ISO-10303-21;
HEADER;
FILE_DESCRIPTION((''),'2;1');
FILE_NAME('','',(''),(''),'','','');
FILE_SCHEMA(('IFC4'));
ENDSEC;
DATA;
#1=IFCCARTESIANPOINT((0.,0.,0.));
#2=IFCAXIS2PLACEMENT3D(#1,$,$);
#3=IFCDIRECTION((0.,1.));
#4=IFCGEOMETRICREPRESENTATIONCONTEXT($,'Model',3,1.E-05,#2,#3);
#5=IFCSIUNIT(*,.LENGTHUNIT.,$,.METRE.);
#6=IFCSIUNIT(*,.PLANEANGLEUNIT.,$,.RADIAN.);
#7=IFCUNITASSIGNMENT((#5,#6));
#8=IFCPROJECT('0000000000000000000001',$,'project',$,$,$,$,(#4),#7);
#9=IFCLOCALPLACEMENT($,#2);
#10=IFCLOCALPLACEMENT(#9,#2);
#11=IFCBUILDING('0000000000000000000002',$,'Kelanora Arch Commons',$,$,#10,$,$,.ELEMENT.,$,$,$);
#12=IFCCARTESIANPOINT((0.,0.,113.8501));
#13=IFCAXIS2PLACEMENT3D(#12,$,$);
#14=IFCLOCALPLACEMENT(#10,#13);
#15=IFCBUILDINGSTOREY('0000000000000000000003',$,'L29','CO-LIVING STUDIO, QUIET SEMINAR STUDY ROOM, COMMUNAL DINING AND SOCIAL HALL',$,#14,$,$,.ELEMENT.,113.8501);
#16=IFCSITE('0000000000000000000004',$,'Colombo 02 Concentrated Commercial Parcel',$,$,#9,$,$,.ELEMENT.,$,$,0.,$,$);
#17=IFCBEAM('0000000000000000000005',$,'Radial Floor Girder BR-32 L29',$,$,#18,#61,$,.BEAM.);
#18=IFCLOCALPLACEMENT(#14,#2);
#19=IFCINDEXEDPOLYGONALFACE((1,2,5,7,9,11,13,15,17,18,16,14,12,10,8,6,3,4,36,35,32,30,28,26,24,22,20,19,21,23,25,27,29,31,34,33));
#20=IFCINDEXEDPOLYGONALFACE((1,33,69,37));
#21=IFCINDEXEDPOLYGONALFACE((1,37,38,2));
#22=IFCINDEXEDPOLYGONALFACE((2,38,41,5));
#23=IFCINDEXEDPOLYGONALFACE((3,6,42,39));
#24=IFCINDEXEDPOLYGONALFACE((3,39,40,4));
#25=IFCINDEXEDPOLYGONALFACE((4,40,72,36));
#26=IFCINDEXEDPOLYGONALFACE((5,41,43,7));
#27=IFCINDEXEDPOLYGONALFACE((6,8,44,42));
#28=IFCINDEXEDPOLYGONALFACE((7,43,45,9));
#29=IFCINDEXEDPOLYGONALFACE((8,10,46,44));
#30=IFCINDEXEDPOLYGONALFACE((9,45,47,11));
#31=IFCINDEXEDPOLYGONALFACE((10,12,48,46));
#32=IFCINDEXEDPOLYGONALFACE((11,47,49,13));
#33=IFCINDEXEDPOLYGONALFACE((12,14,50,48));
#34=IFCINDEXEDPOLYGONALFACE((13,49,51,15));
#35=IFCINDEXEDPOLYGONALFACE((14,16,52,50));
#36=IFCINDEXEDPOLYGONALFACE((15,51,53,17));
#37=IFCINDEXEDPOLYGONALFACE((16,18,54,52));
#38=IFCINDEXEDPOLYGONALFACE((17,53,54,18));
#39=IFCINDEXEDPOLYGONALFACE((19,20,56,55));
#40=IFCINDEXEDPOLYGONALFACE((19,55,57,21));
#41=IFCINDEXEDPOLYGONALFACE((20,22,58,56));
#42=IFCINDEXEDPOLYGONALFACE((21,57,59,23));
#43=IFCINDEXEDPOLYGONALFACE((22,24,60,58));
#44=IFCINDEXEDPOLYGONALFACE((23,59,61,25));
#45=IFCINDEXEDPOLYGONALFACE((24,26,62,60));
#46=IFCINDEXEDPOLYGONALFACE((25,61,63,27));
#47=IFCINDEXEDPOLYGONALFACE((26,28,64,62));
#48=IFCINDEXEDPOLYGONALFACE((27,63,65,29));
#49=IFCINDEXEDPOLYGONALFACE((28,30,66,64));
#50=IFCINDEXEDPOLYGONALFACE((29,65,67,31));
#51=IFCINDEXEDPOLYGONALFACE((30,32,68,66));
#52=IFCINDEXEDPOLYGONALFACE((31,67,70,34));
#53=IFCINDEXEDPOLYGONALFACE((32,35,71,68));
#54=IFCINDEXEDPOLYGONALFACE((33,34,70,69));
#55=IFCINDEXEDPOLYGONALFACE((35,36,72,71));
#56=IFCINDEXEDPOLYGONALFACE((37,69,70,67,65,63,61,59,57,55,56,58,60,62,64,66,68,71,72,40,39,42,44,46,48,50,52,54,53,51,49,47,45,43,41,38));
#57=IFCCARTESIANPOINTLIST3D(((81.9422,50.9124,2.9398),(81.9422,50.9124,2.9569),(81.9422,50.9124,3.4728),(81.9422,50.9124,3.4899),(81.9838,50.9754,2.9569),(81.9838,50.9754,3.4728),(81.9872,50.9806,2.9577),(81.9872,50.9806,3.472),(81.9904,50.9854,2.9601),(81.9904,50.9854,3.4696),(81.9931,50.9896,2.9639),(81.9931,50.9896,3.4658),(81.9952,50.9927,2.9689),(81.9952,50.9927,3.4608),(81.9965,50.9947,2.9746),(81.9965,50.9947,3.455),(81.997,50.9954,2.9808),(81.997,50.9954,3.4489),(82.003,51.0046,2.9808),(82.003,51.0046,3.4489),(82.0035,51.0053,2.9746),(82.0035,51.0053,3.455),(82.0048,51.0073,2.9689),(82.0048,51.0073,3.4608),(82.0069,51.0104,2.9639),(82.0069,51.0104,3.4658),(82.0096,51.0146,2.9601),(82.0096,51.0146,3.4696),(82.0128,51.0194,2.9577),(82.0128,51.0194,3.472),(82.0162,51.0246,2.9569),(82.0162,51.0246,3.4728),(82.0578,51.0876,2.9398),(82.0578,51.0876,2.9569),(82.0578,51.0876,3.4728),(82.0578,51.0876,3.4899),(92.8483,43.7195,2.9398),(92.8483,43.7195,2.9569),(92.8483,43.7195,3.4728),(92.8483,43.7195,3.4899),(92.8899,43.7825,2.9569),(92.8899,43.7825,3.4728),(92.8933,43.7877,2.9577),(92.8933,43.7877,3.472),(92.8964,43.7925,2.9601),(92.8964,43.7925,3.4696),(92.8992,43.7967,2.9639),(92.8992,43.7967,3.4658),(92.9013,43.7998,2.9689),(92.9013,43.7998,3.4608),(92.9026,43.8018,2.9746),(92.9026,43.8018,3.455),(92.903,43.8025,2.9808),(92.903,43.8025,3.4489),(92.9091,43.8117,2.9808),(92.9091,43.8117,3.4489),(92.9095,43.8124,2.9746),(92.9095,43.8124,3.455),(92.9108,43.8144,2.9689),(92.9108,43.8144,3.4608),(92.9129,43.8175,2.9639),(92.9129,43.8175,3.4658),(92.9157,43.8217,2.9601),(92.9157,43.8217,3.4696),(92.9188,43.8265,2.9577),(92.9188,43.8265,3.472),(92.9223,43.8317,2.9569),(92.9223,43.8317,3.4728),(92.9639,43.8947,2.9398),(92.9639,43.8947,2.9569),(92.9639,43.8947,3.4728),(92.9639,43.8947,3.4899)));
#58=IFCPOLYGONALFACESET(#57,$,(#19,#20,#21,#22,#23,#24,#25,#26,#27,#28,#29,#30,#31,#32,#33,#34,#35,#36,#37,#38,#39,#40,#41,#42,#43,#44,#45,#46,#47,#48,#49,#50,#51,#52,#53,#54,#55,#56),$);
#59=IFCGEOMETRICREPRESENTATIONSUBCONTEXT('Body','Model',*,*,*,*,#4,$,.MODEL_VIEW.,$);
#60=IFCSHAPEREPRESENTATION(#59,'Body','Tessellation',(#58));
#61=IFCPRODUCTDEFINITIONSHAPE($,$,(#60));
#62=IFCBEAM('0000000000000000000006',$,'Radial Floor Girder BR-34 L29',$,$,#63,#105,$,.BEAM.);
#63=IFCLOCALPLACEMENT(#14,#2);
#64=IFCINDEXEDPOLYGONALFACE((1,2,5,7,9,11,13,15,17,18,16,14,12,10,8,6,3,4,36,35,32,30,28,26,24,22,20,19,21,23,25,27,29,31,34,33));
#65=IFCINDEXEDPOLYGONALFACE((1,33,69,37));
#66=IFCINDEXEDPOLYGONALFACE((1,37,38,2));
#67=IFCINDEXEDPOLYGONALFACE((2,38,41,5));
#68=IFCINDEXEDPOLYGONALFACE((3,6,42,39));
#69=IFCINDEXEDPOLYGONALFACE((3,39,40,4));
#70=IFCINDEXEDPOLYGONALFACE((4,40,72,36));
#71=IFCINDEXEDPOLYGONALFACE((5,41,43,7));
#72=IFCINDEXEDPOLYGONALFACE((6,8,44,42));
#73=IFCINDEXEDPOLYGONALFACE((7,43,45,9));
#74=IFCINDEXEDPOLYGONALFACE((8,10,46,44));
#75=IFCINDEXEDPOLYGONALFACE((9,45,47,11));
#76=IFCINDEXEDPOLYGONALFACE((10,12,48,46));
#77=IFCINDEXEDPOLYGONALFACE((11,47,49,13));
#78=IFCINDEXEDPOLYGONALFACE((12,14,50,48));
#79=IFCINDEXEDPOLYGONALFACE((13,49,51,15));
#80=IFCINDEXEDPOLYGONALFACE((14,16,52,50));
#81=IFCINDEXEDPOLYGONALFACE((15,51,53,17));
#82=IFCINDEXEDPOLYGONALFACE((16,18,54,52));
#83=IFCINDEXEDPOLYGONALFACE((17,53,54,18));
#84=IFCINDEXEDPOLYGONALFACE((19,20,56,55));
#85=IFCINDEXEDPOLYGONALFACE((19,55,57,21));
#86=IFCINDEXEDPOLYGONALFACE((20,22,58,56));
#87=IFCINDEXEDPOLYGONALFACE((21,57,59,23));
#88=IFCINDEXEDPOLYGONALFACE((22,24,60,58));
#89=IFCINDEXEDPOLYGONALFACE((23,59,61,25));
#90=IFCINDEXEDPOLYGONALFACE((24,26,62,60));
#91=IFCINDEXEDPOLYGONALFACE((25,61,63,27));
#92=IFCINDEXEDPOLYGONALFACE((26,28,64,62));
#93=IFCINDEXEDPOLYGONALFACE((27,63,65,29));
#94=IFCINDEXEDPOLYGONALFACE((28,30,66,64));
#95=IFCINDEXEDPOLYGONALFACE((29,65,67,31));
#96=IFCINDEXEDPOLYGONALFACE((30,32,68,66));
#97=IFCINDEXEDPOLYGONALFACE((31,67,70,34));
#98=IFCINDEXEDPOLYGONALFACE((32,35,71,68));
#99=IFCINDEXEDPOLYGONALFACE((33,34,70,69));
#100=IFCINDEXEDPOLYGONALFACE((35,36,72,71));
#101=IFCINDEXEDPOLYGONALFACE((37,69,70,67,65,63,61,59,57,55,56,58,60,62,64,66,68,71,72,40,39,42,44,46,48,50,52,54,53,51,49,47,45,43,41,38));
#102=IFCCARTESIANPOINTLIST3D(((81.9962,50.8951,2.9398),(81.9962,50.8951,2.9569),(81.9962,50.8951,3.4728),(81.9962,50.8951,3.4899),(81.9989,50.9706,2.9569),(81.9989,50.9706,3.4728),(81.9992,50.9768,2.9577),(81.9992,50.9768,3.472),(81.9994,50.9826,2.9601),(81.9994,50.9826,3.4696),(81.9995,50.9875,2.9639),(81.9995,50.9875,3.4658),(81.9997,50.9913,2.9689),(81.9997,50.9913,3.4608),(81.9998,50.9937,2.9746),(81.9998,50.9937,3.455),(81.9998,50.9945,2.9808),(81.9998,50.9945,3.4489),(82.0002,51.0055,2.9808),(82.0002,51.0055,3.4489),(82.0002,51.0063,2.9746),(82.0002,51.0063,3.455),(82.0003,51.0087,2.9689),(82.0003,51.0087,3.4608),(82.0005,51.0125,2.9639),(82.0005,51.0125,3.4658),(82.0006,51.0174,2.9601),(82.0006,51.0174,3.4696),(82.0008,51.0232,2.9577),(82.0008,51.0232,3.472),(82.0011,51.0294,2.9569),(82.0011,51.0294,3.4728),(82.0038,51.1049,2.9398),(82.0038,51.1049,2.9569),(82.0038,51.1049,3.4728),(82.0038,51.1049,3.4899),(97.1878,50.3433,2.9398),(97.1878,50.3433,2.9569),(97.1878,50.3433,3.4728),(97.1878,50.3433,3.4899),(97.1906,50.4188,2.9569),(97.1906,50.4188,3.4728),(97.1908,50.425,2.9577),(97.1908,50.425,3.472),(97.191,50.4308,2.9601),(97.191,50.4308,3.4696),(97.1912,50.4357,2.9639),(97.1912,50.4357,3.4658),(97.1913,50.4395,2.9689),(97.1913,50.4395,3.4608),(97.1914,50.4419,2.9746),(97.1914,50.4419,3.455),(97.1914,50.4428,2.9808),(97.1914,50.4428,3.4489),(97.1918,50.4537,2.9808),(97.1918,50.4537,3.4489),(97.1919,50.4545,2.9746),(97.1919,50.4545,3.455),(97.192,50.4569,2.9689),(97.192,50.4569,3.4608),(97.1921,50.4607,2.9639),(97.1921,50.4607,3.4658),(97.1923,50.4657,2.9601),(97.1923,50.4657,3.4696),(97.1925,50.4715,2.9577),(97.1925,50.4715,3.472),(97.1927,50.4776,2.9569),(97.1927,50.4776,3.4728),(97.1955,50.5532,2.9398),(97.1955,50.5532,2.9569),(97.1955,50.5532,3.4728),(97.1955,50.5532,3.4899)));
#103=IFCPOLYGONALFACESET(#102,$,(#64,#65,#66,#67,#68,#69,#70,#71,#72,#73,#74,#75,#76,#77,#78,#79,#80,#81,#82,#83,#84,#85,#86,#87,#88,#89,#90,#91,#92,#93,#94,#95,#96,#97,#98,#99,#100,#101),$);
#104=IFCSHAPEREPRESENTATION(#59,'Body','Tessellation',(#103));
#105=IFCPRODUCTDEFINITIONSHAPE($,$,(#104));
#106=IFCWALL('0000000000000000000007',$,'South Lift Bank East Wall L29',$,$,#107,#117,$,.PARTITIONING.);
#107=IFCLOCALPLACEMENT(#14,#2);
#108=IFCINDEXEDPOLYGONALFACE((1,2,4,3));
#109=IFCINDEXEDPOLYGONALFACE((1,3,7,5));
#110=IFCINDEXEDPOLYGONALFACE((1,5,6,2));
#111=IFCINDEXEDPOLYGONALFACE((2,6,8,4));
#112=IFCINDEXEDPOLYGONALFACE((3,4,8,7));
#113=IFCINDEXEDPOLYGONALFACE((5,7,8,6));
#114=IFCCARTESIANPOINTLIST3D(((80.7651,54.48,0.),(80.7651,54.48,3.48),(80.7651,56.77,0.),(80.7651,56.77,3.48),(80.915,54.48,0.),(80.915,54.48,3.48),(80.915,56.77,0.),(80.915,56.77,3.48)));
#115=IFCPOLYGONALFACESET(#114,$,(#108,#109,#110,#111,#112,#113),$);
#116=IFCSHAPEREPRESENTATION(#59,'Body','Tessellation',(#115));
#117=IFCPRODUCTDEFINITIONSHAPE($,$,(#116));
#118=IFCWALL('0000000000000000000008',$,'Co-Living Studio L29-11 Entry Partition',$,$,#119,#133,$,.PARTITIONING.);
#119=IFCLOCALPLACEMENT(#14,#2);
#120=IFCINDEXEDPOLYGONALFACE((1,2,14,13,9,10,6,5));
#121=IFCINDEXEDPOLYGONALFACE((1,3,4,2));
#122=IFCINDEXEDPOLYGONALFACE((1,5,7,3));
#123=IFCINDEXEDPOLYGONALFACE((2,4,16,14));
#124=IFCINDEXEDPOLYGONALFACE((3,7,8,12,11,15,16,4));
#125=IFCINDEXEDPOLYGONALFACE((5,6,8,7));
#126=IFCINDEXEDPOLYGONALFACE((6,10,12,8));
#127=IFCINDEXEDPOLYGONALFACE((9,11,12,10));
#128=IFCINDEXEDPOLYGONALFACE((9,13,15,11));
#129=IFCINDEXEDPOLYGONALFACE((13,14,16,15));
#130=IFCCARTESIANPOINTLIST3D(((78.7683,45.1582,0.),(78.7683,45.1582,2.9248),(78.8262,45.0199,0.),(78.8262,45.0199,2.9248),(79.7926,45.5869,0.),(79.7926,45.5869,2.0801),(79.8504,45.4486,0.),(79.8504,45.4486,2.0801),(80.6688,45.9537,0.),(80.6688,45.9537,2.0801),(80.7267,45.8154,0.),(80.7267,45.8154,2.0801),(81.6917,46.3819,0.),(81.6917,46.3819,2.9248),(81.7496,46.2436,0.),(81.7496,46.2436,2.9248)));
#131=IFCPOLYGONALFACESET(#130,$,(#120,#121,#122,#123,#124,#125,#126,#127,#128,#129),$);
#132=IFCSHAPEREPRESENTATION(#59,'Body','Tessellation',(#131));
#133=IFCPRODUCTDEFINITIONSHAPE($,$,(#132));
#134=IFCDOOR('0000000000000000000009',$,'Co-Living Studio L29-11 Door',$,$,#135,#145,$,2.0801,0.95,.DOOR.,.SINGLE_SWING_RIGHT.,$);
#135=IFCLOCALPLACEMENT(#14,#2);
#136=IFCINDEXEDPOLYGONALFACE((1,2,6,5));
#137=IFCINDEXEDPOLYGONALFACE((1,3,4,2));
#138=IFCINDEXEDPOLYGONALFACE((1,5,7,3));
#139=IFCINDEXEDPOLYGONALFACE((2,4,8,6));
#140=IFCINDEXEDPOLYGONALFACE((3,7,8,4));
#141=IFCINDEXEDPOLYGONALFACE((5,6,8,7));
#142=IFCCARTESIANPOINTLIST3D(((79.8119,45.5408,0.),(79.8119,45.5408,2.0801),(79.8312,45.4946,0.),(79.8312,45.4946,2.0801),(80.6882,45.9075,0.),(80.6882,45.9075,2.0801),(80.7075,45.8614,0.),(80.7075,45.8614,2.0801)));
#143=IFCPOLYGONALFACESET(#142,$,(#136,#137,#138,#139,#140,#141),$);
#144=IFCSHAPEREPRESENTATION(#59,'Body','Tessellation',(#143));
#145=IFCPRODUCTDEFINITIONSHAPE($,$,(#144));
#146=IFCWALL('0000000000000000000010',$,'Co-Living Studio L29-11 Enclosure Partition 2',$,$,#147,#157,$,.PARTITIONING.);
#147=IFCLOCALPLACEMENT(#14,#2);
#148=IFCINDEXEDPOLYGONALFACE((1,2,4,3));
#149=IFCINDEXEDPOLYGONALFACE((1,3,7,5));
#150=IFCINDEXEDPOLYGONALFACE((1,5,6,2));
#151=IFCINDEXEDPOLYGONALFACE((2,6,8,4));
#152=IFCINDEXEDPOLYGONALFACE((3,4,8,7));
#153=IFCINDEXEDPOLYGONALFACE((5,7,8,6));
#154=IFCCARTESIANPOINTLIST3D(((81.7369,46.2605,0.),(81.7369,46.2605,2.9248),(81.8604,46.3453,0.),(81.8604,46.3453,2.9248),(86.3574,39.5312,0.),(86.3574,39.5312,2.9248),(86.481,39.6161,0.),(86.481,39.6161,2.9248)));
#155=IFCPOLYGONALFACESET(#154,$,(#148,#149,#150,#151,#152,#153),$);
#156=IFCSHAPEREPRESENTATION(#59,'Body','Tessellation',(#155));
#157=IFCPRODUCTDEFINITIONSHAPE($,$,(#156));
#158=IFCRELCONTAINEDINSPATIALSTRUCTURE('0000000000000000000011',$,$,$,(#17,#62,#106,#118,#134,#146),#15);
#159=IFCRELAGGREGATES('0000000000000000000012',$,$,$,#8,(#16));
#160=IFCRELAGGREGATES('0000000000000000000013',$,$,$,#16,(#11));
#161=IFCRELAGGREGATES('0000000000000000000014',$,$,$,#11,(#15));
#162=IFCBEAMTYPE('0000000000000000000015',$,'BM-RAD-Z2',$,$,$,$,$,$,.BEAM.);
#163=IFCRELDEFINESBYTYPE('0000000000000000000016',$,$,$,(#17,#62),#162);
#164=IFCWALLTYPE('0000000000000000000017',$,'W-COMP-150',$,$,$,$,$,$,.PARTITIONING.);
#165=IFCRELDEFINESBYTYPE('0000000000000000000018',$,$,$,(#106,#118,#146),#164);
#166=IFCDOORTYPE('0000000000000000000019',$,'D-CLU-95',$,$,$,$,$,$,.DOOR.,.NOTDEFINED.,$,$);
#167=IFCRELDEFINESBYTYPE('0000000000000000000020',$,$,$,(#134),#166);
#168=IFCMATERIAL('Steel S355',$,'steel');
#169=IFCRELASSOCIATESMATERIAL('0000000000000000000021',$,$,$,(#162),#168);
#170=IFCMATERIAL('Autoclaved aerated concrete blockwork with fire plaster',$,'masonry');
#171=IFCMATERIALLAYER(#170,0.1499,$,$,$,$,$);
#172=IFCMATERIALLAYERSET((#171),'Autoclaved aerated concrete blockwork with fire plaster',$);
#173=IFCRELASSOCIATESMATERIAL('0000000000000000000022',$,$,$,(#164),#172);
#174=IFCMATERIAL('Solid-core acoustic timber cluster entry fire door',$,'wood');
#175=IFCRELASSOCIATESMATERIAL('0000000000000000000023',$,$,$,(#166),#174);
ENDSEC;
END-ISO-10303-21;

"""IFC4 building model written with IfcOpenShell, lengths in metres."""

from ifc_helpers import new_model, si_unit, direction, frame, frame_2d, origin, origin_2d, place, context, subcontext, project, spatial, rectangle, i_section, extrude, material, layer, layer_set, material_profile, profile_set, type_object, element, fill, save


model = new_model("IFC4")

# Units and contexts
model_context = context("Model", 3, precision=1e-05, world=origin(), true_north=direction((0.0, 1.0)))
body_context = subcontext(model_context, "Body", "Model", "MODEL_VIEW")
ifc_project = project(units=[si_unit("LENGTHUNIT", "METRE"), si_unit("PLANEANGLEUNIT", "RADIAN")], contexts=[model_context])

# Site, building, storey
site_placement = place(None, origin())
site = spatial("IfcSite", under=ifc_project, at=site_placement, Name="Colombo 02 Concentrated Commercial Parcel", CompositionType="ELEMENT", RefElevation=0.0)
building_placement = place(site_placement, origin())
building = spatial("IfcBuilding", under=site, at=building_placement, Name="Kelanora Arch Commons", CompositionType="ELEMENT")
storey_placement = place(building_placement, frame((0.0, 0.0, 113.8501)))
storey = spatial("IfcBuildingStorey", under=building, at=storey_placement, Name="L29", Description="CO-LIVING STUDIO, QUIET SEMINAR STUDY ROOM, COMMUNAL DINING AND SOCIAL HALL", CompositionType="ELEMENT", Elevation=113.8501)

# Beams
ifc_material_1 = material(Name="Steel S355", Category="steel")
ifc_material_profile_1 = material_profile(ifc_material_1, i_section(OverallWidth=0.21, OverallDepth=0.55, WebThickness=0.011, FlangeThickness=0.0171, FilletRadius=0.0239, at=origin_2d()), Name="IPE550")
ifc_profile_set_1 = profile_set([ifc_material_profile_1], Name="Steel S355")
beam_type_1 = type_object("IfcBeamType", Name="BM-RAD-Z2", PredefinedType="BEAM", material=ifc_profile_set_1)
beam_1_placement = place(storey_placement, frame((82.0, 51.0, 3.2148), z_axis=(0.834789, -0.550571, 0.0), x_axis=(0.550571, 0.834789, 0.0)))
element("IfcBeam", 1, at=beam_1_placement, inside=storey, type_object=beam_type_1, Name="Radial Floor Girder BR-32 L29", PredefinedType="BEAM", context=body_context, shape_type="SweptSolid", body=[
    extrude(i_section(OverallWidth=0.21, OverallDepth=0.55, WebThickness=0.011, FlangeThickness=0.0171, FilletRadius=0.0239, at=origin_2d()), origin(), (0.0, 0.0, 1.0), 13.0645),
])
beam_2_placement = place(storey_placement, frame((82.0, 51.0, 3.2148), z_axis=(0.999341, -0.036296, 0.0), x_axis=(0.036296, 0.999341, 0.0)))
element("IfcBeam", 2, at=beam_2_placement, inside=storey, type_object=beam_type_1, Name="Radial Floor Girder BR-34 L29", PredefinedType="BEAM", context=body_context, shape_type="SweptSolid", body=[
    extrude(i_section(OverallWidth=0.21, OverallDepth=0.55, WebThickness=0.011, FlangeThickness=0.0171, FilletRadius=0.0239, at=origin_2d()), origin(), (0.0, 0.0, 1.0), 15.2017),
])

# Wall
ifc_material_2 = material(Name="Autoclaved aerated concrete blockwork with fire plaster", Category="masonry")
ifc_layer_1 = layer(ifc_material_2, 0.1499)
ifc_layer_set_1 = layer_set([ifc_layer_1], Name="Autoclaved aerated concrete blockwork with fire plaster")
wall_type_1 = type_object("IfcWallType", Name="W-COMP-150", PredefinedType="PARTITIONING", material=ifc_layer_set_1)
wall_1_placement = place(storey_placement, frame((80.8401, 54.48, 0.0), z_axis=(0.0, 0.0, 1.0), x_axis=(0.0, 1.0, 0.0)))
element("IfcWall", 3, at=wall_1_placement, inside=storey, type_object=wall_type_1, Name="South Lift Bank East Wall L29", PredefinedType="PARTITIONING", context=body_context, shape_type="SweptSolid", body=[
    extrude(rectangle(XDim=2.29, YDim=0.1499, at=frame_2d((1.145, 0.0))), origin(), (0.0, 0.0, 1.0), 3.48),
])

# Wall, opening, door
wall_2_placement = place(storey_placement, frame((78.7974, 45.0891, 0.0), z_axis=(0.0, 0.0, 1.0), x_axis=(0.922451, 0.386114, 0.0)))
wall_2 = element("IfcWall", 4, at=wall_2_placement, inside=storey, type_object=wall_type_1, Name="Co-Living Studio L29-11 Entry Partition", PredefinedType="PARTITIONING", context=body_context, shape_type="SweptSolid", body=[
    extrude(rectangle(XDim=3.1692, YDim=0.1499, at=frame_2d((1.5845, 0.0))), origin(), (0.0, 0.0, 1.0), 2.9248),
])
opening_1_placement = place(wall_2_placement, frame((1.1101, 0.0, 0.0)))
opening_1 = element("IfcOpeningElement", 5, at=opening_1_placement, cuts=wall_2, PredefinedType="OPENING", context=body_context, shape_type="SweptSolid", body=[
    extrude(rectangle(XDim=0.95, YDim=2.0801, at=frame_2d((0.4751, 1.04))), frame((0.0, 0.085, 0.0), z_axis=(0.0, -1.0, 0.0), x_axis=(1.0, 0.0, 0.0)), (0.0, 0.0, 1.0), 0.1699),
])
ifc_material_3 = material(Name="Solid-core acoustic timber cluster entry fire door", Category="wood")
door_type_1 = type_object("IfcDoorType", Name="D-CLU-95", OperationType="NOTDEFINED", PredefinedType="DOOR", material=ifc_material_3)
door_1_placement = place(opening_1_placement, origin())
door_1 = element("IfcDoor", 6, at=door_1_placement, inside=storey, type_object=door_type_1, Name="Co-Living Studio L29-11 Door", OperationType="SINGLE_SWING_RIGHT", OverallHeight=2.0801, OverallWidth=0.95, PredefinedType="DOOR", context=body_context, shape_type="SweptSolid", body=[
    extrude(rectangle(XDim=0.95, YDim=2.0801, at=frame_2d((0.4751, 1.04))), frame((0.0, 0.0249, 0.0), z_axis=(0.0, -1.0, 0.0), x_axis=(1.0, 0.0, 0.0)), (0.0, 0.0, 1.0), 0.05),
])
fill(opening_1, door_1)

# Wall
wall_3_placement = place(storey_placement, frame((81.7986, 46.303, 0.0), z_axis=(0.0, 0.0, 1.0), x_axis=(0.56605, -0.824371, 0.0)))
element("IfcWall", 7, at=wall_3_placement, inside=storey, type_object=wall_type_1, Name="Co-Living Studio L29-11 Enclosure Partition 2", PredefinedType="PARTITIONING", context=body_context, shape_type="SweptSolid", body=[
    extrude(rectangle(XDim=8.1628, YDim=0.1499, at=frame_2d((4.0815, 0.0))), origin(), (0.0, 0.0, 1.0), 2.9248),
])

save(model, "model.ifc")
